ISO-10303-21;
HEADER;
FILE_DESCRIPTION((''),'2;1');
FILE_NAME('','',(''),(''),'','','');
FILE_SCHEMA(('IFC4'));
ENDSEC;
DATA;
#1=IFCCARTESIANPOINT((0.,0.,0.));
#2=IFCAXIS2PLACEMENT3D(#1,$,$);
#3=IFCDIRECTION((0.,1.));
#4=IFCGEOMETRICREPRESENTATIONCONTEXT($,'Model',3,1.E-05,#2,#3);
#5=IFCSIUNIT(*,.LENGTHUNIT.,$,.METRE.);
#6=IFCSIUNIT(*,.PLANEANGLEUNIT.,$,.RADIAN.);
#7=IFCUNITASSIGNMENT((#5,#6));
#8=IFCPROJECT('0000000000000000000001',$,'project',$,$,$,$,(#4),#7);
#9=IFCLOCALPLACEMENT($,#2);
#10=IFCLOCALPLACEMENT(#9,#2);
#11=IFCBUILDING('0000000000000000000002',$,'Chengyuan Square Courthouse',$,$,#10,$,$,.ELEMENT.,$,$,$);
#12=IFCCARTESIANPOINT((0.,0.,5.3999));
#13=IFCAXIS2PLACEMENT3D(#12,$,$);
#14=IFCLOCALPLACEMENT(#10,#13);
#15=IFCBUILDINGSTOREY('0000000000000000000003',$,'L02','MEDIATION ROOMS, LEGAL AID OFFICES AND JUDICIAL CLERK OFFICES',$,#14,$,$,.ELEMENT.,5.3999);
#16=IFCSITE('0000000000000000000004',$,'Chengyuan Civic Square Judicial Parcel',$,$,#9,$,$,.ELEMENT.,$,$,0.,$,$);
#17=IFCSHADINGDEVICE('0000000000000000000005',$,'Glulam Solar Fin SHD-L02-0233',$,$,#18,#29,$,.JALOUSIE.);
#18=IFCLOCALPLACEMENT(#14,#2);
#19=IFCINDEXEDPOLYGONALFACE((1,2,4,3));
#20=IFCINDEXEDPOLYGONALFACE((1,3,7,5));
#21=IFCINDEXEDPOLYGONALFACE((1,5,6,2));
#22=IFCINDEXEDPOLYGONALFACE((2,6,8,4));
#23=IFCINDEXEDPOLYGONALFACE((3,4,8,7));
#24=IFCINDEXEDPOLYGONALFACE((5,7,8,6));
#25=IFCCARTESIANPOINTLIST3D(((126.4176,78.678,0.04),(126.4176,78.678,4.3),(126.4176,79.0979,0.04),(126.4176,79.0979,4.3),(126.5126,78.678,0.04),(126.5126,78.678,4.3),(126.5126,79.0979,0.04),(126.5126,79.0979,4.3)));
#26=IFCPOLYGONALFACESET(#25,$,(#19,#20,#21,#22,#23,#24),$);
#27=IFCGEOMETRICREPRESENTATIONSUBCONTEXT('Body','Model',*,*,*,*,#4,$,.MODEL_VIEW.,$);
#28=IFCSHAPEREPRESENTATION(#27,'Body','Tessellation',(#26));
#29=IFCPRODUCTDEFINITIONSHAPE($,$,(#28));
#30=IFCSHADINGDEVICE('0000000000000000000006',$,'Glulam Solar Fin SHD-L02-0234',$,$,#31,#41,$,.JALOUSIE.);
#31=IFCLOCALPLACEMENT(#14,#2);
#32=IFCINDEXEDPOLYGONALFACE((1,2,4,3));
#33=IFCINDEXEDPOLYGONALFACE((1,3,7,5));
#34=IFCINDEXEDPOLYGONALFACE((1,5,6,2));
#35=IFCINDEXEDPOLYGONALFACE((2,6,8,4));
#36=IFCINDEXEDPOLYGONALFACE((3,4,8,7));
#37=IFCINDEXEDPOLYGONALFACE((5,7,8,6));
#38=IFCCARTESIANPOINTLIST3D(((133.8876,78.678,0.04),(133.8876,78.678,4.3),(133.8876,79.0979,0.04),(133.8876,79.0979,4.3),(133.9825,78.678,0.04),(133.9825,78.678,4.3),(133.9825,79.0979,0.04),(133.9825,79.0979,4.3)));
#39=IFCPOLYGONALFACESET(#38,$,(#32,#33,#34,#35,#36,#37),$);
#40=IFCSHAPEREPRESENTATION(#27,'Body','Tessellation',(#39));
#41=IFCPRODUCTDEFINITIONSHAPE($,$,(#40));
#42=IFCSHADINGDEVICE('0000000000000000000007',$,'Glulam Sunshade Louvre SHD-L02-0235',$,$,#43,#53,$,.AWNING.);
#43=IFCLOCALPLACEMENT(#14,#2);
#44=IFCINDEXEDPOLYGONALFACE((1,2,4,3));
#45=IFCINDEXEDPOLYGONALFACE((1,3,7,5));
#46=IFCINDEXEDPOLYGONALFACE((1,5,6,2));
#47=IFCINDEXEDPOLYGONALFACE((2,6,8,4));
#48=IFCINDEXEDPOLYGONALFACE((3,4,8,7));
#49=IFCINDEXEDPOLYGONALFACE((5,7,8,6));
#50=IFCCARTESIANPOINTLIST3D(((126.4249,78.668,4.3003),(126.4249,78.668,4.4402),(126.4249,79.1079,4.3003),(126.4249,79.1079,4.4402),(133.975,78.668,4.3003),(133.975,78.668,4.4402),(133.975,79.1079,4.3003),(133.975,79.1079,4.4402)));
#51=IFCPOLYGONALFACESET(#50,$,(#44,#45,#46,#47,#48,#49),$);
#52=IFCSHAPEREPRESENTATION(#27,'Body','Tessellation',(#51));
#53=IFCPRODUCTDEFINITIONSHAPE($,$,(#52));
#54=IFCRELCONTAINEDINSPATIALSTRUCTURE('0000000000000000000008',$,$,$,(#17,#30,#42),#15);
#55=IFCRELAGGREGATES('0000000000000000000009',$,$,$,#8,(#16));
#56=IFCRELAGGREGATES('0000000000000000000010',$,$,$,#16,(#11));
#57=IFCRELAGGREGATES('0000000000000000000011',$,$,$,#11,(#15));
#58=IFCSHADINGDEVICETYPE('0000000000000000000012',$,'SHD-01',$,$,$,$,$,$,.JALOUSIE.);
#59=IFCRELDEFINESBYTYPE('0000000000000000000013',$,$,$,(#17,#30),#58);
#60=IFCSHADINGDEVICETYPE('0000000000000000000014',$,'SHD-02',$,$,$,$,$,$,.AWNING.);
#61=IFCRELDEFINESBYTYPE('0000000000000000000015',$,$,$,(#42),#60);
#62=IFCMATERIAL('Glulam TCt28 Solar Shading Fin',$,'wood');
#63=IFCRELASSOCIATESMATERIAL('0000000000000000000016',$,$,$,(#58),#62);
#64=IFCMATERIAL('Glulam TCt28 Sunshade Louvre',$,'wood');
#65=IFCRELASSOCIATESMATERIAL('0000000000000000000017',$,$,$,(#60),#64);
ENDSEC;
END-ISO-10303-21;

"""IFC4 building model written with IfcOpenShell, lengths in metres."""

from ifc_helpers import new_model, si_unit, direction, frame, origin, origin_2d, place, context, subcontext, project, spatial, rectangle, extrude, material, type_object, element, save


model = new_model("IFC4")

# Units and contexts
model_context = context("Model", 3, precision=1e-05, world=origin(), true_north=direction((0.0, 1.0)))
body_context = subcontext(model_context, "Body", "Model", "MODEL_VIEW")
ifc_project = project(units=[si_unit("LENGTHUNIT", "METRE"), si_unit("PLANEANGLEUNIT", "RADIAN")], contexts=[model_context])

# Site, building, storey
site_placement = place(None, origin())
site = spatial("IfcSite", under=ifc_project, at=site_placement, Name="Chengyuan Civic Square Judicial Parcel", CompositionType="ELEMENT", RefElevation=0.0)
building_placement = place(site_placement, origin())
building = spatial("IfcBuilding", under=site, at=building_placement, Name="Chengyuan Square Courthouse", CompositionType="ELEMENT")
storey_placement = place(building_placement, frame((0.0, 0.0, 5.3999)))
storey = spatial("IfcBuildingStorey", under=building, at=storey_placement, Name="L02", Description="MEDIATION ROOMS, LEGAL AID OFFICES AND JUDICIAL CLERK OFFICES", CompositionType="ELEMENT", Elevation=5.3999)

# Shading devices
ifc_material_1 = material(Name="Glulam TCt28 Solar Shading Fin", Category="wood")
shading_device_type_1 = type_object("IfcShadingDeviceType", Name="SHD-01", PredefinedType="JALOUSIE", material=ifc_material_1)
for number, where, z_axis, x_axis, name in (
    (1, (126.4651, 78.8879, 0.04), (0.0, 0.0, 1.0), (0.0, 1.0, 0.0), "Glulam Solar Fin SHD-L02-0233"),
    (2, (133.9351, 78.8879, 0.04), (0.0, 0.0, 1.0), (0.0, 1.0, 0.0), "Glulam Solar Fin SHD-L02-0234"),
):
    element("IfcShadingDevice", number, at=place(storey_placement, frame(where, z_axis=z_axis, x_axis=x_axis)), inside=storey, type_object=shading_device_type_1, Name=name, PredefinedType="JALOUSIE", context=body_context, shape_type="SweptSolid", body=[
        extrude(rectangle(XDim=0.4199, YDim=0.095, at=origin_2d()), origin(), (0.0, 0.0, 1.0), 4.26),
    ])
ifc_material_2 = material(Name="Glulam TCt28 Sunshade Louvre", Category="wood")
shading_device_type_2 = type_object("IfcShadingDeviceType", Name="SHD-02", PredefinedType="AWNING", material=ifc_material_2)
shading_device_placement = place(storey_placement, frame((130.2, 78.8879, 4.3003), z_axis=(0.0, 0.0, 1.0), x_axis=(1.0, 0.0, 0.0)))
element("IfcShadingDevice", 3, at=shading_device_placement, inside=storey, type_object=shading_device_type_2, Name="Glulam Sunshade Louvre SHD-L02-0235", PredefinedType="AWNING", context=body_context, shape_type="SweptSolid", body=[
    extrude(rectangle(XDim=7.55, YDim=0.4399, at=origin_2d()), origin(), (0.0, 0.0, 1.0), 0.1399),
])

save(model, "model.ifc")
